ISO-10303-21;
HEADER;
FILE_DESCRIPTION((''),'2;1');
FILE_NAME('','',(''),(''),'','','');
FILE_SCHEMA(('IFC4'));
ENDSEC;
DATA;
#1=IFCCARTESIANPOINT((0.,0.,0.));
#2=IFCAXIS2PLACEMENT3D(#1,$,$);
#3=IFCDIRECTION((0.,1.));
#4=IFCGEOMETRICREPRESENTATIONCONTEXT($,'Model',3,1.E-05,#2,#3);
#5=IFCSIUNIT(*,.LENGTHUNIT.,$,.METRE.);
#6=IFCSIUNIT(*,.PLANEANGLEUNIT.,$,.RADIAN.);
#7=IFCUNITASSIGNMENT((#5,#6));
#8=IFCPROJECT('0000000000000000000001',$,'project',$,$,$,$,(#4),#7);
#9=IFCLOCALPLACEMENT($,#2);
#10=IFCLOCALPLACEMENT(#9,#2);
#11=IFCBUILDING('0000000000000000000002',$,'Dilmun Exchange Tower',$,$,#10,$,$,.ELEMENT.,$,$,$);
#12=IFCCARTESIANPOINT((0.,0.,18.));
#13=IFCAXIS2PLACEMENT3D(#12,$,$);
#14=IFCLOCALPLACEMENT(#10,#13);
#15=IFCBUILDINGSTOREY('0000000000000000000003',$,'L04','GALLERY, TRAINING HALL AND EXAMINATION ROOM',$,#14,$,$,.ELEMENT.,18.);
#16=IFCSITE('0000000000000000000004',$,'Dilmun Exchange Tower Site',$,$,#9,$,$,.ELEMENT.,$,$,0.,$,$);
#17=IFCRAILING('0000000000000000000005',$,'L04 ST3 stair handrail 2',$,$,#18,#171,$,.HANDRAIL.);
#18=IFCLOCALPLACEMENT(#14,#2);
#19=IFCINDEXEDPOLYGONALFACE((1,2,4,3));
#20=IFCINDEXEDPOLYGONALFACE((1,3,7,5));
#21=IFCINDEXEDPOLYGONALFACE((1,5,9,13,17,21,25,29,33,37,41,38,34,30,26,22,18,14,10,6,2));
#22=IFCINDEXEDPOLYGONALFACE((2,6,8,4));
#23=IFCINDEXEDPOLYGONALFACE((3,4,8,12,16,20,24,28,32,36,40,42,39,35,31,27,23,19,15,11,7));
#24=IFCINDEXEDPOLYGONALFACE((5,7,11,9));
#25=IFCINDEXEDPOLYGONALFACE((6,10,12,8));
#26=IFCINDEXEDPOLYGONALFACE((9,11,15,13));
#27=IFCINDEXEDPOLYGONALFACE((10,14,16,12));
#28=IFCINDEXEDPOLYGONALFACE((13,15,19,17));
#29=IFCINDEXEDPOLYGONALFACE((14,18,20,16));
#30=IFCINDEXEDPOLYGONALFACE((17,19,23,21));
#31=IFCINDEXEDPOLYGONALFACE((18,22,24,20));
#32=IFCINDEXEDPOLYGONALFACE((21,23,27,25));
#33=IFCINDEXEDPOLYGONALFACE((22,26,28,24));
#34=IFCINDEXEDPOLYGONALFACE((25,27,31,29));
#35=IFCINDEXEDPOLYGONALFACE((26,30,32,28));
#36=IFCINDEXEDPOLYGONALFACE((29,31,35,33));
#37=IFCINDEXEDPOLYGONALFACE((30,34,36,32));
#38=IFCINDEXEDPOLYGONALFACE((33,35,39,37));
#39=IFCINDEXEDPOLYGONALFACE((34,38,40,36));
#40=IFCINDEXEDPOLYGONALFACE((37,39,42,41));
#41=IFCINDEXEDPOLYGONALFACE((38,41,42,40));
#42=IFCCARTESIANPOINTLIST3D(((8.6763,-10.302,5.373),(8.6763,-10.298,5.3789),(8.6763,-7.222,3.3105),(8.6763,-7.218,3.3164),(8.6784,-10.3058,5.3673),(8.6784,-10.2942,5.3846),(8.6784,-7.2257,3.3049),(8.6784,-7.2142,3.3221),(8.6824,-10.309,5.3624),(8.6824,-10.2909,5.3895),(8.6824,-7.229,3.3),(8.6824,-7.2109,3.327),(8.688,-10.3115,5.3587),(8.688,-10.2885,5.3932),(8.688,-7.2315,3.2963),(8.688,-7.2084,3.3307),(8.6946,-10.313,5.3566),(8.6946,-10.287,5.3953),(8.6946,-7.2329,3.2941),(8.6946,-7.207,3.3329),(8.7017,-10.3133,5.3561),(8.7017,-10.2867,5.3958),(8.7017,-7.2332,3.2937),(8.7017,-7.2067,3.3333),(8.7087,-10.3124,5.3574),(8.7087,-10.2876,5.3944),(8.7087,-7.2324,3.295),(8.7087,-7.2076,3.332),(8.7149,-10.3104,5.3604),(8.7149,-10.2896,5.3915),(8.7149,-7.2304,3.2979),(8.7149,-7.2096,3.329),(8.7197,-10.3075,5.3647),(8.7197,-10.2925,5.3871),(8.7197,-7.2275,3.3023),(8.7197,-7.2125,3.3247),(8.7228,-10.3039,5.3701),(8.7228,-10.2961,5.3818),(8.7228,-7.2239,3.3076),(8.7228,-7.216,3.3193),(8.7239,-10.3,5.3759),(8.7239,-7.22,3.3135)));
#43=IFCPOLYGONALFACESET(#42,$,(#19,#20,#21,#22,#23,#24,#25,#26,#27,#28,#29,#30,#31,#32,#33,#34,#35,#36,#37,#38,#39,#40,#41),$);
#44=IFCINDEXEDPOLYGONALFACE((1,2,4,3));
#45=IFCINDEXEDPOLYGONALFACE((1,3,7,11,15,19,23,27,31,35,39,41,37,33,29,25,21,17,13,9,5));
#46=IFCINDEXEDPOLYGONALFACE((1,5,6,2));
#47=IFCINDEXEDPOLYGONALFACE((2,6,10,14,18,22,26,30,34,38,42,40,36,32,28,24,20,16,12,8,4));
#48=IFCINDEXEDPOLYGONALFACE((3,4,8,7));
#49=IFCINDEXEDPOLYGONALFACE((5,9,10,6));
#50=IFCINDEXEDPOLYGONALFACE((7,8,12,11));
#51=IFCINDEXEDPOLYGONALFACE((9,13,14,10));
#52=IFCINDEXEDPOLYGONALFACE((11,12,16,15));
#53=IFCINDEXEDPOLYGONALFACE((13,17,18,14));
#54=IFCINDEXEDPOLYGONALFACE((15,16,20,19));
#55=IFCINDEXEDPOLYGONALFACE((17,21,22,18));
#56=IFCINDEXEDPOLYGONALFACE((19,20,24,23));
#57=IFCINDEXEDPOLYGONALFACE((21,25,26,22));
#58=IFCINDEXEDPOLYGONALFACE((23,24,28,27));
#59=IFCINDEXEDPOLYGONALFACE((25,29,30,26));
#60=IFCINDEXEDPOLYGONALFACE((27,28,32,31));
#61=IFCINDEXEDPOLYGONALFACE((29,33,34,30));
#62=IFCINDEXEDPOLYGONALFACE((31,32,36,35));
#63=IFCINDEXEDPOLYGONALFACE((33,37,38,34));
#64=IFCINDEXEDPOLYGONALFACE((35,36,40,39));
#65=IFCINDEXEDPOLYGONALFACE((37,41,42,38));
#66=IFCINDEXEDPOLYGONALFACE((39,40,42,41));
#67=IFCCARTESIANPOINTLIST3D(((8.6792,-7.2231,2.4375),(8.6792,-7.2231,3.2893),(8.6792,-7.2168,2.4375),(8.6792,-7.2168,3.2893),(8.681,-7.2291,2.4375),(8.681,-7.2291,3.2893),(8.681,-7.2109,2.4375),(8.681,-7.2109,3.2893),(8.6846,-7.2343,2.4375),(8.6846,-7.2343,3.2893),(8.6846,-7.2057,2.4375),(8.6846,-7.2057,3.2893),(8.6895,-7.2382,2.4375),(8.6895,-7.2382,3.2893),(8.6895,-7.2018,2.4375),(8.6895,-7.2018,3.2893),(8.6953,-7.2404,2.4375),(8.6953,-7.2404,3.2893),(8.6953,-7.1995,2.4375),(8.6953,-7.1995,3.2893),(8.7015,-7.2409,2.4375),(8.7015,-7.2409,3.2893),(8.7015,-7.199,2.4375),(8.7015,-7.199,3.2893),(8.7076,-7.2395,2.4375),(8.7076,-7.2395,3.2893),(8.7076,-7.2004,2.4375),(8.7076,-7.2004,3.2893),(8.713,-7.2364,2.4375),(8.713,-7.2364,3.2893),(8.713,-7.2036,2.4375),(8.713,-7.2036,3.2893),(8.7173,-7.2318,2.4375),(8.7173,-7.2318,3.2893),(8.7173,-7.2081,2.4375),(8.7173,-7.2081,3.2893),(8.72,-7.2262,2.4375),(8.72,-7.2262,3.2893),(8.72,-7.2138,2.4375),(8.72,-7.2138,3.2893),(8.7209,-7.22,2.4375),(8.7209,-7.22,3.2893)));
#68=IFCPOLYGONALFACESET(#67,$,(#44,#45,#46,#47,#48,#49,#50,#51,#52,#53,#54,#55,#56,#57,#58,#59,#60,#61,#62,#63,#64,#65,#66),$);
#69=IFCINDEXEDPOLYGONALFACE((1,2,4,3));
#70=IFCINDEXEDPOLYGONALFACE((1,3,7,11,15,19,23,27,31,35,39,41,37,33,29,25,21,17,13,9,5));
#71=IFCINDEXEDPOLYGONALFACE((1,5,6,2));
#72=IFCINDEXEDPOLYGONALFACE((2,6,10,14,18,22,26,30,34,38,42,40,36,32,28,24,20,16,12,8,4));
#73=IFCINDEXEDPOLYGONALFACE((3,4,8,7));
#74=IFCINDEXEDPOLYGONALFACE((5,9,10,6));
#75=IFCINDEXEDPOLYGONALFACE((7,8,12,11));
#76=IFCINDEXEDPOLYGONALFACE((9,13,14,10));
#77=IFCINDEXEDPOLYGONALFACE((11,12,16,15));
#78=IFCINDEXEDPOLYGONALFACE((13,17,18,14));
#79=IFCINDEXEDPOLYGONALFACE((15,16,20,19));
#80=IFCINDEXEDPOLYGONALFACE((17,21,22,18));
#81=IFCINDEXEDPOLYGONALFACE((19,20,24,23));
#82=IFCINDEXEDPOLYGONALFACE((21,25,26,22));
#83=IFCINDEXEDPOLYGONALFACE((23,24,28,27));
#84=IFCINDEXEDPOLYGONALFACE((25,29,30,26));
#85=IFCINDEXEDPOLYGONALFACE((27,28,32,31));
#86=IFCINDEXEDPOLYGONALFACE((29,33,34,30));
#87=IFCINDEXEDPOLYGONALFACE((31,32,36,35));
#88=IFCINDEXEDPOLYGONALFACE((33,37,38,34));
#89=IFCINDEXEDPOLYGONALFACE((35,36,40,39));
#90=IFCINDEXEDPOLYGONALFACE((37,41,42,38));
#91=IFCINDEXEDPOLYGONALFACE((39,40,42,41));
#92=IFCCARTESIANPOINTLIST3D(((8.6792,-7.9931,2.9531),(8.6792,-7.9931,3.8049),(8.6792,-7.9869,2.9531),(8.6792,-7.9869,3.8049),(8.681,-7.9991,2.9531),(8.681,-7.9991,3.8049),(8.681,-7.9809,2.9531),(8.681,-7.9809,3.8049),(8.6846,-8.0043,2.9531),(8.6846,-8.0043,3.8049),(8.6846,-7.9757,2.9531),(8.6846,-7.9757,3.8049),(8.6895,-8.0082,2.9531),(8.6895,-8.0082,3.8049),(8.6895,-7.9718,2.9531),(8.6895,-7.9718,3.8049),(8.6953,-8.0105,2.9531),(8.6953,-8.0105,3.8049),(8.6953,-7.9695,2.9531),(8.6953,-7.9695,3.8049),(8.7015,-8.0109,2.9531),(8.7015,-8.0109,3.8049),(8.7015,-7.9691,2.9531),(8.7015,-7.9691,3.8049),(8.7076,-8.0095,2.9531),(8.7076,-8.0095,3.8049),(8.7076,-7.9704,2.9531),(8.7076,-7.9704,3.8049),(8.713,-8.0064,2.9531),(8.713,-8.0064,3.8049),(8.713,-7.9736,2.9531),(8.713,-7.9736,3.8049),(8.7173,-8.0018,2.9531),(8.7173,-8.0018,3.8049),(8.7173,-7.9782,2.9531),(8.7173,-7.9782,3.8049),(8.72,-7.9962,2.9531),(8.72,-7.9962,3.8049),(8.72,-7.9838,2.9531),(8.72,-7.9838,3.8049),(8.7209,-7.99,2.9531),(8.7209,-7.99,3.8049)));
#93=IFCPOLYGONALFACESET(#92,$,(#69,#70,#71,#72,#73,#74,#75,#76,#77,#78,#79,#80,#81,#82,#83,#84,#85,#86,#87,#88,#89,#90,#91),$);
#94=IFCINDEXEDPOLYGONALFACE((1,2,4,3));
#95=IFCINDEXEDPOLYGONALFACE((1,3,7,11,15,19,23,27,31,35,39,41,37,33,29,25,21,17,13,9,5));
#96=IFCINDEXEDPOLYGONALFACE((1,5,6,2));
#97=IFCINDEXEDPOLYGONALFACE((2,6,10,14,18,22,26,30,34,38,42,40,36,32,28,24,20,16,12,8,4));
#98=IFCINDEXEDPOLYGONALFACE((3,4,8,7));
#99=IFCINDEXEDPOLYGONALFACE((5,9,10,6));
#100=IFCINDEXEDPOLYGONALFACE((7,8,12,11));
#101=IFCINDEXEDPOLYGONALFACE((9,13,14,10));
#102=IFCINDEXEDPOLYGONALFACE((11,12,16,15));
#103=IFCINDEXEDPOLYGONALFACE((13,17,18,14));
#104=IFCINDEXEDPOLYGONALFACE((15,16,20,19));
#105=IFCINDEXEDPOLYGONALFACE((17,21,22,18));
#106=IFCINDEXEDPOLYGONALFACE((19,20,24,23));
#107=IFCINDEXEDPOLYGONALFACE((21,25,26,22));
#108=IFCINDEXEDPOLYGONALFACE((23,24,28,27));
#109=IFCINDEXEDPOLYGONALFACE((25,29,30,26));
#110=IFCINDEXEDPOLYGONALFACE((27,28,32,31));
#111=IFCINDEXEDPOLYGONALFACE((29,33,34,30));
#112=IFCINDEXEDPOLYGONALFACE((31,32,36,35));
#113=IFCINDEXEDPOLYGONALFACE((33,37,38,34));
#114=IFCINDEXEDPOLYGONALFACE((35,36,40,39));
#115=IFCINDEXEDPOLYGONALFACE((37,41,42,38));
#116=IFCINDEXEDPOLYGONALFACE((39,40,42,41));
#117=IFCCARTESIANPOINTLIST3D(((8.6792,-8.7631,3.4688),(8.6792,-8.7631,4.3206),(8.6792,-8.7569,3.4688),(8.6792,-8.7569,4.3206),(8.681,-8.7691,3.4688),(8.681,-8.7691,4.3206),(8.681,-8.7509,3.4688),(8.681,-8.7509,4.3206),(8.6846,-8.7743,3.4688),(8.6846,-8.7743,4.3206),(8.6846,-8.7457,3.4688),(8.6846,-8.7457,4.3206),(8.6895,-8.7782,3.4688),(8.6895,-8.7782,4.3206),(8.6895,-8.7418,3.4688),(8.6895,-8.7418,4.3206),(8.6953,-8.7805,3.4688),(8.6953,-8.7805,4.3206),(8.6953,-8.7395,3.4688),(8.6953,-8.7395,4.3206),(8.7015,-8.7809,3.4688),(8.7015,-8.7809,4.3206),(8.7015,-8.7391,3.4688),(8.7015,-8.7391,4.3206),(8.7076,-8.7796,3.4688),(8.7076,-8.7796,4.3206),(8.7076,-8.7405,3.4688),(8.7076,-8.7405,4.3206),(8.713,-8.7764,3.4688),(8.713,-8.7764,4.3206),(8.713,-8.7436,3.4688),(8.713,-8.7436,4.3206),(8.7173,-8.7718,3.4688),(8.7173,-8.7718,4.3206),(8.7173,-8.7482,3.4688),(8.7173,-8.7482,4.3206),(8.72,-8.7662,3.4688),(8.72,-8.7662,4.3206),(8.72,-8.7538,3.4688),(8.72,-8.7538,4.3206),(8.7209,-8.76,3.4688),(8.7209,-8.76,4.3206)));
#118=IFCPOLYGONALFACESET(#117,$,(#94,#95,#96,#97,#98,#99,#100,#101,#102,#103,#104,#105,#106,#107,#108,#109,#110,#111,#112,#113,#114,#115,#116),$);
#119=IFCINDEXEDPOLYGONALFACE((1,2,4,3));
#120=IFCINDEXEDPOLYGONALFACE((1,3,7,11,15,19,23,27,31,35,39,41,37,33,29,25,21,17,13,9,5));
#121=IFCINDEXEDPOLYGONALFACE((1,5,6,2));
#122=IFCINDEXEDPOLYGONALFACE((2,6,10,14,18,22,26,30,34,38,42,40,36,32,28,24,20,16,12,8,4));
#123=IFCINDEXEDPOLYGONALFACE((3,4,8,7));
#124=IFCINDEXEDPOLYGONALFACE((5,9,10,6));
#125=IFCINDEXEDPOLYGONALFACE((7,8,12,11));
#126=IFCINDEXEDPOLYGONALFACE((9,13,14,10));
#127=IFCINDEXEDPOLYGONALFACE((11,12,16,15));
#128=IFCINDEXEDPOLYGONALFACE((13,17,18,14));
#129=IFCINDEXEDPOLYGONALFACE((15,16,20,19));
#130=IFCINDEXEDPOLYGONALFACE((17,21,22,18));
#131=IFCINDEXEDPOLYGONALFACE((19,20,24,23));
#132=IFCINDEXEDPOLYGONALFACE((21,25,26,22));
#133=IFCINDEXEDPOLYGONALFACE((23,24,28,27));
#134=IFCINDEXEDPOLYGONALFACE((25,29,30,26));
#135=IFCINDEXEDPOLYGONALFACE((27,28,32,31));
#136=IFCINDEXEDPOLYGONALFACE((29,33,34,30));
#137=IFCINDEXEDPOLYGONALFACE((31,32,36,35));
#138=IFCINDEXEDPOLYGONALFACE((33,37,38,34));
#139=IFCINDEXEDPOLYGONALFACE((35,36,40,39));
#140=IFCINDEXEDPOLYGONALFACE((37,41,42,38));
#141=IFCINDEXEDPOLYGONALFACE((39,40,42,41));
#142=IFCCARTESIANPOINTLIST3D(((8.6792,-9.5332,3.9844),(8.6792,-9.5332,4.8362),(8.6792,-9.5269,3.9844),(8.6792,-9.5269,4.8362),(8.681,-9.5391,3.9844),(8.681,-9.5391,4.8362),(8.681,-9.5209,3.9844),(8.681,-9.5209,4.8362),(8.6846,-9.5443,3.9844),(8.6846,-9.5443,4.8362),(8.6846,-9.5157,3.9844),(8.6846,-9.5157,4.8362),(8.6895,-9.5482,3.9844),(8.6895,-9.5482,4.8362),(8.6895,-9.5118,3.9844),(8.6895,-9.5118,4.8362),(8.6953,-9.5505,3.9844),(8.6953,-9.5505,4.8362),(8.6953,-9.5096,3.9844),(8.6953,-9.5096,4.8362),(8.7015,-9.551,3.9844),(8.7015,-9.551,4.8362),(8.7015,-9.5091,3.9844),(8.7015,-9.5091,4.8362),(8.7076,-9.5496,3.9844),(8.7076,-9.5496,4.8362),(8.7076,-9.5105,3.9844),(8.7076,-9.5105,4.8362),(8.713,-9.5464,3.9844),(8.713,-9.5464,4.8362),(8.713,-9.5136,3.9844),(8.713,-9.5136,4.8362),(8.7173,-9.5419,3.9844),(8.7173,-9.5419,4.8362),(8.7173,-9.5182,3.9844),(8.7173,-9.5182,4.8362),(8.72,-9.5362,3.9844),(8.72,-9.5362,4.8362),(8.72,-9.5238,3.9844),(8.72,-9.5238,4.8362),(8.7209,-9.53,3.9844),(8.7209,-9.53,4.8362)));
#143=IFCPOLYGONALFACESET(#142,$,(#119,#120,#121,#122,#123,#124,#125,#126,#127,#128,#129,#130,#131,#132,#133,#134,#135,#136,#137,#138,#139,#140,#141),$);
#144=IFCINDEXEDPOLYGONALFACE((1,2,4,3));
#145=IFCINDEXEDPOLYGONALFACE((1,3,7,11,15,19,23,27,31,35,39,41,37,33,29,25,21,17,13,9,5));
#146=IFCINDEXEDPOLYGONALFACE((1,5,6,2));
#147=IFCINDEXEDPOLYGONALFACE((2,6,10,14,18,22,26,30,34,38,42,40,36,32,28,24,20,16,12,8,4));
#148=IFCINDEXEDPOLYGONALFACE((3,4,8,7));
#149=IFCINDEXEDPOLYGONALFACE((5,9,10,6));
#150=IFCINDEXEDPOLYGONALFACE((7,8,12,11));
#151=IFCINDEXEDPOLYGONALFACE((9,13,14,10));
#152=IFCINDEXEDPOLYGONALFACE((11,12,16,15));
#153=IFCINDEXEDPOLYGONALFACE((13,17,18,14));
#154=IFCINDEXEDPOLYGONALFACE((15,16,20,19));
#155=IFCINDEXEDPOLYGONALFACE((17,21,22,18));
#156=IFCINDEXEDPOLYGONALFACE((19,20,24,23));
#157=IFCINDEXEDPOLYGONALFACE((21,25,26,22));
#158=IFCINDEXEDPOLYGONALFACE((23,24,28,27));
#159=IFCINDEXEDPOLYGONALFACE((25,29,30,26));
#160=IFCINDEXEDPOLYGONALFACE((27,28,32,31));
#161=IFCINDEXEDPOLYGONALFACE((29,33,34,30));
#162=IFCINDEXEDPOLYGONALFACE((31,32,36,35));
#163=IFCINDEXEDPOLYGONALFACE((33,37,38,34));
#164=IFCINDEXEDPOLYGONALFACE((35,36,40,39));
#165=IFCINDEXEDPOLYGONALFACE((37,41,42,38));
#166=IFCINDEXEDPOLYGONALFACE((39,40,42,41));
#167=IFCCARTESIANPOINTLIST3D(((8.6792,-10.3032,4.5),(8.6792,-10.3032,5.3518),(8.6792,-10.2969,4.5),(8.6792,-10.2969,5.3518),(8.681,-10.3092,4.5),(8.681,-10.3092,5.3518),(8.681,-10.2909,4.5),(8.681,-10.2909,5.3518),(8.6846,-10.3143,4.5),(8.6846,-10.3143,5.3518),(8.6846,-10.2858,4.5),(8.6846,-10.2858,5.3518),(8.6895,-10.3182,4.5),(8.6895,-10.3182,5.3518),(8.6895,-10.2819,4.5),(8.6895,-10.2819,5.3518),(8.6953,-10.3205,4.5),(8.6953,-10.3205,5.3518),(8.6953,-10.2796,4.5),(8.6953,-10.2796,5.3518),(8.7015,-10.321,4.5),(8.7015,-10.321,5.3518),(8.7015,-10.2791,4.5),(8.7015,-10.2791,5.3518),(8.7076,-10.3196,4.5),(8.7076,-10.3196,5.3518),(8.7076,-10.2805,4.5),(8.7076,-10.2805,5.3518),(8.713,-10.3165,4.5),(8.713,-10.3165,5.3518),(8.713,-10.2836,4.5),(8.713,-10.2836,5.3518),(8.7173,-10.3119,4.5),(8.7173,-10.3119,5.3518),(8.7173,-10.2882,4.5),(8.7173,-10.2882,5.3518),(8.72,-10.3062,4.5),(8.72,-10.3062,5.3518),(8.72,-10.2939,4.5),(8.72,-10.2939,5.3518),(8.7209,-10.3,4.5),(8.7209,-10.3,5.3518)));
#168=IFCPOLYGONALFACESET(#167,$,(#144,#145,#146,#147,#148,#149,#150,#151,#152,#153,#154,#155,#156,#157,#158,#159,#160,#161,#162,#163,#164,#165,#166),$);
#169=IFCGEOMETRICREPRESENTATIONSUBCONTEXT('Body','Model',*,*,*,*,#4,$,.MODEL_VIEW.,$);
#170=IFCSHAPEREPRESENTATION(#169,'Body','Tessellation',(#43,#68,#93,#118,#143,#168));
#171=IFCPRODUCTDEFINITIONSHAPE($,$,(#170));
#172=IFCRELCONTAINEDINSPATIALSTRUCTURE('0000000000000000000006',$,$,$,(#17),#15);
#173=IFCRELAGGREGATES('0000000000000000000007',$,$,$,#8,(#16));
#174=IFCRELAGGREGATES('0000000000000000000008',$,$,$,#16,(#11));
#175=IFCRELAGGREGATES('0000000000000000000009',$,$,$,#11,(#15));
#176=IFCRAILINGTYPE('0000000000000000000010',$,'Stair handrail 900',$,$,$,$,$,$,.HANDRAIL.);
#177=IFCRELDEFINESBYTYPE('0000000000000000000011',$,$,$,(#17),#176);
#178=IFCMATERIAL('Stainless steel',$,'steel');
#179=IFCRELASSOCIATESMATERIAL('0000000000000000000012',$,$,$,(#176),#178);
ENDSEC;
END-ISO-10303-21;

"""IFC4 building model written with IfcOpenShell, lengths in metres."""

from ifc_helpers import new_model, si_unit, direction, frame, origin, origin_2d, place, context, subcontext, project, spatial, circle, extrude, material, type_object, element, save


model = new_model("IFC4")

# Units and contexts
model_context = context("Model", 3, precision=1e-05, world=origin(), true_north=direction((0.0, 1.0)))
body_context = subcontext(model_context, "Body", "Model", "MODEL_VIEW")
ifc_project = project(units=[si_unit("LENGTHUNIT", "METRE"), si_unit("PLANEANGLEUNIT", "RADIAN")], contexts=[model_context])

# Site, building, storey
site_placement = place(None, origin())
site = spatial("IfcSite", under=ifc_project, at=site_placement, Name="Dilmun Exchange Tower Site", CompositionType="ELEMENT", RefElevation=0.0)
building_placement = place(site_placement, origin())
building = spatial("IfcBuilding", under=site, at=building_placement, Name="Dilmun Exchange Tower", CompositionType="ELEMENT")
storey_placement = place(building_placement, frame((0.0, 0.0, 18.0)))
storey = spatial("IfcBuildingStorey", under=building, at=storey_placement, Name="L04", Description="GALLERY, TRAINING HALL AND EXAMINATION ROOM", CompositionType="ELEMENT", Elevation=18.0)

# Railing
ifc_material_1 = material(Name="Stainless steel", Category="steel")
railing_type_1 = type_object("IfcRailingType", Name="Stair handrail 900", PredefinedType="HANDRAIL", material=ifc_material_1)
railing_1_placement = place(storey_placement, frame((8.7, -7.22, 2.4375)))
element("IfcRailing", 1, at=railing_1_placement, inside=storey, type_object=railing_type_1, Name="L04 ST3 stair handrail 2", PredefinedType="HANDRAIL", context=body_context, shape_type="SweptSolid", body=[
    extrude(circle(Radius=0.0239, at=origin_2d()), frame((0.0, 0.0, 0.876), z_axis=(0.0, -0.830914, 0.556401), x_axis=(1.0, 0.0, 0.0)), (0.0, 0.0, 1.0), 3.7068),
    extrude(circle(Radius=0.021, at=origin_2d()), origin(), (0.0, 0.0, 1.0), 0.8518),
    extrude(circle(Radius=0.021, at=origin_2d()), frame((0.0, -0.77, 0.5156)), (0.0, 0.0, 1.0), 0.8518),
    extrude(circle(Radius=0.021, at=origin_2d()), frame((0.0, -1.54, 1.0312)), (0.0, 0.0, 1.0), 0.8518),
    extrude(circle(Radius=0.021, at=origin_2d()), frame((0.0, -2.3101, 1.5469)), (0.0, 0.0, 1.0), 0.8518),
    extrude(circle(Radius=0.021, at=origin_2d()), frame((0.0, -3.0801, 2.0625)), (0.0, 0.0, 1.0), 0.8518),
])

save(model, "model.ifc")
